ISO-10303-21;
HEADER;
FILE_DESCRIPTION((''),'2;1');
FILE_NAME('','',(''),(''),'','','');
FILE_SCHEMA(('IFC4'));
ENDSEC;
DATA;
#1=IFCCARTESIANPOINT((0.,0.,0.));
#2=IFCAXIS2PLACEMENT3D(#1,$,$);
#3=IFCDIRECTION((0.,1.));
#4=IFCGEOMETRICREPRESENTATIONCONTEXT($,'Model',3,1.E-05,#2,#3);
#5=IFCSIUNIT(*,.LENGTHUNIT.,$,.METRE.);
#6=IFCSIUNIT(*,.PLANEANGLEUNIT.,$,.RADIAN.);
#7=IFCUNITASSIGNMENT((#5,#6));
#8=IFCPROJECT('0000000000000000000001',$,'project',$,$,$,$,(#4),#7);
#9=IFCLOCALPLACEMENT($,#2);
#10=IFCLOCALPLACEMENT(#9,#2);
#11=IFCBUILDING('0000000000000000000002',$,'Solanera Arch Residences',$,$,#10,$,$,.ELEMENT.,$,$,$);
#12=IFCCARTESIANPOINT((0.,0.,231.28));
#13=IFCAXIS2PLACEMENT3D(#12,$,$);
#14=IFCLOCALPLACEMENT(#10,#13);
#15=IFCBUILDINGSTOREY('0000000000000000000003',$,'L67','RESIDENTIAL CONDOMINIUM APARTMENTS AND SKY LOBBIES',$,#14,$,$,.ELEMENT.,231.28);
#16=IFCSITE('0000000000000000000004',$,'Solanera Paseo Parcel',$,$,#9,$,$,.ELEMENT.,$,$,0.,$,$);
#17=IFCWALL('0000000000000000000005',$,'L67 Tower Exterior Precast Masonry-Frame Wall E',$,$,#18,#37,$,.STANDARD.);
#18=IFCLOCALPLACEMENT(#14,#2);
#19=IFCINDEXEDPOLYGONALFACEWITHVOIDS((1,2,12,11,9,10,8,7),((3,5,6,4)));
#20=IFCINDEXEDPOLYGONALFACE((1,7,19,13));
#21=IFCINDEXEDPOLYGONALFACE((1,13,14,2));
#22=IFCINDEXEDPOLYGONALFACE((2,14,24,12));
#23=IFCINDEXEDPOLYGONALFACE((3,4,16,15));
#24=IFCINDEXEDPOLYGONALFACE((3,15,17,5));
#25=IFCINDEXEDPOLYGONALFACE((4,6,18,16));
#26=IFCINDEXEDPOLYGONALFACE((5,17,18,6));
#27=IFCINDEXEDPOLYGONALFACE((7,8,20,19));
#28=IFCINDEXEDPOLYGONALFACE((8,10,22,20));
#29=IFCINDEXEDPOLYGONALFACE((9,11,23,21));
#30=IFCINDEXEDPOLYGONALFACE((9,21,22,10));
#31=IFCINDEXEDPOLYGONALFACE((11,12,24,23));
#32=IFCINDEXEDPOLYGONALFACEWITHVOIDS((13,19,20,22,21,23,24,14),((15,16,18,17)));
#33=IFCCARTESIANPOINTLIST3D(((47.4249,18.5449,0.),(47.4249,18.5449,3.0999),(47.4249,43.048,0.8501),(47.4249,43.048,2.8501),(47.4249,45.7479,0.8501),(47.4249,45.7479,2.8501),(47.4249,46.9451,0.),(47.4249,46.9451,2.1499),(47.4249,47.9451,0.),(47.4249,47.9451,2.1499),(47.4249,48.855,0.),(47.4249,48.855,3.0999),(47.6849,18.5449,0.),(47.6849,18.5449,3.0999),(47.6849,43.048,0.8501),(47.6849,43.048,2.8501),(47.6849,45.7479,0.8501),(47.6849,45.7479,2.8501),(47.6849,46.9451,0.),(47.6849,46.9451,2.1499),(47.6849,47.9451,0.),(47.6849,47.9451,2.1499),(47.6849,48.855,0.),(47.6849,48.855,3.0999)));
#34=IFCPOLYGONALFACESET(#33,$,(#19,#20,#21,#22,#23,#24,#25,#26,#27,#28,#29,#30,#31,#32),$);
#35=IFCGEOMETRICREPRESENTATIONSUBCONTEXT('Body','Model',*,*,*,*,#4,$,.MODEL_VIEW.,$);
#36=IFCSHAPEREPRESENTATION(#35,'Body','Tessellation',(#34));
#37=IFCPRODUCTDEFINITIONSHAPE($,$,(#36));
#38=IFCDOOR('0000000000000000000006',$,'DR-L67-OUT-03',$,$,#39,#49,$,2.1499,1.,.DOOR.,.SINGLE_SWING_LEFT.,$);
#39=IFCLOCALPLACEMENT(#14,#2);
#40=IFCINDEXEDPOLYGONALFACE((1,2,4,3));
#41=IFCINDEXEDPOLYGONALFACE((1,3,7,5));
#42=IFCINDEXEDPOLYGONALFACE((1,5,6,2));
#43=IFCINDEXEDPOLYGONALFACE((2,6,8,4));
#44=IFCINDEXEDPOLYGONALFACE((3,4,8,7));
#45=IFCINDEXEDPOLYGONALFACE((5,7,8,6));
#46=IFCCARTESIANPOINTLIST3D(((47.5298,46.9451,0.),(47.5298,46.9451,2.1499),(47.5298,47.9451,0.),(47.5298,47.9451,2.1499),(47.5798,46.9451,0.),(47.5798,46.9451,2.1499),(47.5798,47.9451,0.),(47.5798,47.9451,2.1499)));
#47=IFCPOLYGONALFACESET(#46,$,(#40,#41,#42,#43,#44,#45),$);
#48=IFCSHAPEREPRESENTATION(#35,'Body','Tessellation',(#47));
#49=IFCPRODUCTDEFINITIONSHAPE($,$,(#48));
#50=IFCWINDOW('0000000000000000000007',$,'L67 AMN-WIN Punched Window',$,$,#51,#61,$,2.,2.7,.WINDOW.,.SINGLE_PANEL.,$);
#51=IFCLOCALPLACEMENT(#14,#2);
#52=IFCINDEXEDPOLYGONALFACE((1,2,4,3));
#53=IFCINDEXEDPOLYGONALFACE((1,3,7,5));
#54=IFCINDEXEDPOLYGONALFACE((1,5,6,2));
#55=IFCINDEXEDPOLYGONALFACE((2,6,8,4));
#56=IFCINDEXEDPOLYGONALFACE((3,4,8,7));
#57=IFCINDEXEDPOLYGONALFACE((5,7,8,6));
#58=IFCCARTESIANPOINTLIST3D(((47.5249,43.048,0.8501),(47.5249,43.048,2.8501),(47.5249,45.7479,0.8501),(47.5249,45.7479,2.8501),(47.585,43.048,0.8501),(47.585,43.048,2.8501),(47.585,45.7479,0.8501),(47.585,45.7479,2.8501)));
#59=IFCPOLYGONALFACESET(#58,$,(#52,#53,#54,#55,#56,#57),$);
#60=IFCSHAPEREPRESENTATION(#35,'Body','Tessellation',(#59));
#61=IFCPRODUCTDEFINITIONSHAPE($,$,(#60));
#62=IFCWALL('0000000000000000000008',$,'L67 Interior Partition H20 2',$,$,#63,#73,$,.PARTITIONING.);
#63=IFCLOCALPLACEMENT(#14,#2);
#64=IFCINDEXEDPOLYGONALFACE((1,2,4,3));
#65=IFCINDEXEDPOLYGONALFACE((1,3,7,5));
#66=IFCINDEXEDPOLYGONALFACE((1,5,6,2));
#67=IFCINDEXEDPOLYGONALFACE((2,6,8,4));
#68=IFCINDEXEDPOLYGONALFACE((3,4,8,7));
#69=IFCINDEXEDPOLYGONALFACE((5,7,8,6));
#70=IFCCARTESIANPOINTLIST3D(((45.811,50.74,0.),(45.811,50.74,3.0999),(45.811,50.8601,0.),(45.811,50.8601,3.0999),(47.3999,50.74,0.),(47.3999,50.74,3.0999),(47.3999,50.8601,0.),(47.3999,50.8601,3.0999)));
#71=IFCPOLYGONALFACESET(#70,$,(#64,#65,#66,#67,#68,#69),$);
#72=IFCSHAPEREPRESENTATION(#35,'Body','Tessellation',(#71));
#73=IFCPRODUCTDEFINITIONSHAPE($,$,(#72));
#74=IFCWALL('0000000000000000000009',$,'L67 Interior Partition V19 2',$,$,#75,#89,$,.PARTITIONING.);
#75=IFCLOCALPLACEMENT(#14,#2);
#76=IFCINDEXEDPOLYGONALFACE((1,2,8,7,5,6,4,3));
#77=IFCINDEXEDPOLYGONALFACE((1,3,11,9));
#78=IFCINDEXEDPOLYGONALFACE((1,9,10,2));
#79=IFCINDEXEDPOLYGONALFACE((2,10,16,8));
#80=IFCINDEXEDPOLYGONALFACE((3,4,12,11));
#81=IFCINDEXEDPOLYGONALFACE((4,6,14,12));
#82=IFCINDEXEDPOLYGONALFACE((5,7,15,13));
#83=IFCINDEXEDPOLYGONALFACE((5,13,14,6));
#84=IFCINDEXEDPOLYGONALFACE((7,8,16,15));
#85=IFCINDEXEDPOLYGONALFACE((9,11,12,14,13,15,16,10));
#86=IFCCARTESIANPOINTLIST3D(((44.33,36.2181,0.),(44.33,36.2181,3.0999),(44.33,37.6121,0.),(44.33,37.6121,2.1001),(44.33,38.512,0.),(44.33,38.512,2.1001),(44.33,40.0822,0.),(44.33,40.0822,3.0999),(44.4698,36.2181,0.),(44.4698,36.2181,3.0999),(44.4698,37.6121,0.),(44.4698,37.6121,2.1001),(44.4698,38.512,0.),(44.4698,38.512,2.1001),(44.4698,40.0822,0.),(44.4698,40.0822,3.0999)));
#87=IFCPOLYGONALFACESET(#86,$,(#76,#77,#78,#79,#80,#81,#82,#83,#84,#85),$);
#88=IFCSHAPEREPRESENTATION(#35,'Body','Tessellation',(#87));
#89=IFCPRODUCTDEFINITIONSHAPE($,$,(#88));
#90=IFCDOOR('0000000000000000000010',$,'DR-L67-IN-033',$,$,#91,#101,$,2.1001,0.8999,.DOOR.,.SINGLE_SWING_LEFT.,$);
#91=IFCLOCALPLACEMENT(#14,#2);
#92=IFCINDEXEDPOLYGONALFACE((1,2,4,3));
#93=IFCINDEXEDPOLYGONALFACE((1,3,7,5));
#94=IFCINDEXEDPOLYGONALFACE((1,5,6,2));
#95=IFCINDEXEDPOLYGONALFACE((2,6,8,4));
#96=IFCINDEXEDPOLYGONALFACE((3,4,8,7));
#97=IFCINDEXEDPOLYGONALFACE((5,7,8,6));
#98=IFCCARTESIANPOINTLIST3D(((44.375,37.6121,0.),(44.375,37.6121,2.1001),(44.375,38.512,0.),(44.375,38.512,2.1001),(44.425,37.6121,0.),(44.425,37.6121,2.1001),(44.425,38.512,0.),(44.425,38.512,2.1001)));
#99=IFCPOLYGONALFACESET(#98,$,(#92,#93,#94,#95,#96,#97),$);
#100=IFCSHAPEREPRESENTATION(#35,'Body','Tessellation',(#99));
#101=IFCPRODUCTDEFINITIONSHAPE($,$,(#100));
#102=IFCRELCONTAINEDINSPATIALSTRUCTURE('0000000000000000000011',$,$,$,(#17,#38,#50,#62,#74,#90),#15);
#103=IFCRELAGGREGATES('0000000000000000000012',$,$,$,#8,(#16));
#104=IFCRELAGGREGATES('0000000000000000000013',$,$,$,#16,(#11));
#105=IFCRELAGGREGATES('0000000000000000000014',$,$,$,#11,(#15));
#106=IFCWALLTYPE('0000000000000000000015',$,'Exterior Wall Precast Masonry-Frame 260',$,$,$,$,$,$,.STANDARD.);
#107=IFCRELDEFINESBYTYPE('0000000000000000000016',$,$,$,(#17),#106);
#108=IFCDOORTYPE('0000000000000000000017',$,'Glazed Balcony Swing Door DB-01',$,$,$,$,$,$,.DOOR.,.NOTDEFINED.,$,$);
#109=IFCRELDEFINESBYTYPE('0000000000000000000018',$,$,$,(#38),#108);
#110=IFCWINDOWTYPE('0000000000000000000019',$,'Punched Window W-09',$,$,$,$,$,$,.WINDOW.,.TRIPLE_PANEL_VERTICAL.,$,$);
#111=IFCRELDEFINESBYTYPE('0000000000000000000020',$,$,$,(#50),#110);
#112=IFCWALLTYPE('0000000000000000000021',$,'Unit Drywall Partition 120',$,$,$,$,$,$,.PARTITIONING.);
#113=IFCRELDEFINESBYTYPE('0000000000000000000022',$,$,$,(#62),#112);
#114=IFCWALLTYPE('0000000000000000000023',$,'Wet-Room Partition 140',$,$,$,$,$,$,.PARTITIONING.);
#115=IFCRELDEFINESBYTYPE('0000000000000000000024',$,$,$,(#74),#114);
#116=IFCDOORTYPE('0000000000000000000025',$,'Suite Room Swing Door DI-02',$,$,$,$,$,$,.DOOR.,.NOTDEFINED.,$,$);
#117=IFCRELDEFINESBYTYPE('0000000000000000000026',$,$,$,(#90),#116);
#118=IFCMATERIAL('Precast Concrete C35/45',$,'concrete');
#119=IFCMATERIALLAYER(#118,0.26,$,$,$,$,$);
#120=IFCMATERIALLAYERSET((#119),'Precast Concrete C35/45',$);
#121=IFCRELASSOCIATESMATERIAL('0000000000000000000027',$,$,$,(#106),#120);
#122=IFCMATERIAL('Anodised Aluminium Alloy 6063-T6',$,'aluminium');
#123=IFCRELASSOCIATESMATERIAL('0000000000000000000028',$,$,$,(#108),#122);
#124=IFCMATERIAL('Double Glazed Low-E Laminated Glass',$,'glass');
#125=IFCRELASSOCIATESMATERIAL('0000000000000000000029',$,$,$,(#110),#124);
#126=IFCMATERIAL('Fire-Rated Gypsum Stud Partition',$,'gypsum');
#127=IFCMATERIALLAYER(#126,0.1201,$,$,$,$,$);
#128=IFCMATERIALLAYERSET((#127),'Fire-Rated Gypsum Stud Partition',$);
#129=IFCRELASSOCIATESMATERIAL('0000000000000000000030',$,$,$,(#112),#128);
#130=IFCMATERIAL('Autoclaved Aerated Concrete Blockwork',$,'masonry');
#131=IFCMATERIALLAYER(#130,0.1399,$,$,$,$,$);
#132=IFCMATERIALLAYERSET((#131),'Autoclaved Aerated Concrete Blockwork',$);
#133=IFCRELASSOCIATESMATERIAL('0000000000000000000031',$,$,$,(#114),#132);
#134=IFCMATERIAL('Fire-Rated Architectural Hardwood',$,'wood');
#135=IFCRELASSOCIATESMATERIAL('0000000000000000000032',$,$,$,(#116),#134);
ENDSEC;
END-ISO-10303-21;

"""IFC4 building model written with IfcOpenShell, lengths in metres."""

from ifc_helpers import new_model, si_unit, direction, frame, frame_2d, origin, place, context, subcontext, project, spatial, rectangle, extrude, material, layer, layer_set, type_object, element, fill, save


model = new_model("IFC4")

# Units and contexts
model_context = context("Model", 3, precision=1e-05, world=origin(), true_north=direction((0.0, 1.0)))
body_context = subcontext(model_context, "Body", "Model", "MODEL_VIEW")
ifc_project = project(units=[si_unit("LENGTHUNIT", "METRE"), si_unit("PLANEANGLEUNIT", "RADIAN")], contexts=[model_context])

# Site, building, storey
site_placement = place(None, origin())
site = spatial("IfcSite", under=ifc_project, at=site_placement, Name="Solanera Paseo Parcel", CompositionType="ELEMENT", RefElevation=0.0)
building_placement = place(site_placement, origin())
building = spatial("IfcBuilding", under=site, at=building_placement, Name="Solanera Arch Residences", CompositionType="ELEMENT")
storey_placement = place(building_placement, frame((0.0, 0.0, 231.28)))
storey = spatial("IfcBuildingStorey", under=building, at=storey_placement, Name="L67", Description="RESIDENTIAL CONDOMINIUM APARTMENTS AND SKY LOBBIES", CompositionType="ELEMENT", Elevation=231.28)

# Shared definitions
ifc_material_1 = material(Name="Precast Concrete C35/45", Category="concrete")
ifc_layer_1 = layer(ifc_material_1, 0.26)
ifc_layer_set_1 = layer_set([ifc_layer_1], Name="Precast Concrete C35/45")
wall_type_1 = type_object("IfcWallType", Name="Exterior Wall Precast Masonry-Frame 260", PredefinedType="STANDARD", material=ifc_layer_set_1)

# Wall, openings, door, window
wall_1_placement = place(storey_placement, frame((47.5549, 48.855, 0.0), z_axis=(0.0, 0.0, 1.0), x_axis=(0.0, -1.0, 0.0)))
wall_1 = element("IfcWall", 1, at=wall_1_placement, inside=storey, type_object=wall_type_1, Name="L67 Tower Exterior Precast Masonry-Frame Wall E", PredefinedType="STANDARD", context=body_context, shape_type="SweptSolid", body=[
    extrude(rectangle(XDim=30.3101, YDim=0.26, at=frame_2d((15.155, 0.0))), origin(), (0.0, 0.0, 1.0), 3.0999),
])
opening_1_placement = place(wall_1_placement, frame((0.9099, 0.0, 0.0)))
opening_1 = element("IfcOpeningElement", 2, at=opening_1_placement, cuts=wall_1, PredefinedType="OPENING", context=body_context, shape_type="SweptSolid", body=[
    extrude(rectangle(XDim=1.0, YDim=2.1499, at=frame_2d((0.5, 1.075))), frame((0.0, 0.1399, 0.0), z_axis=(0.0, -1.0, 0.0), x_axis=(1.0, 0.0, 0.0)), (0.0, 0.0, 1.0), 0.28),
])
opening_2_placement = place(wall_1_placement, frame((3.1069, 0.0, 0.8501)))
opening_2 = element("IfcOpeningElement", 3, at=opening_2_placement, cuts=wall_1, PredefinedType="OPENING", context=body_context, shape_type="SweptSolid", body=[
    extrude(rectangle(XDim=2.7, YDim=2.0, at=frame_2d((1.3501, 1.0))), frame((0.0, 0.1399, 0.0), z_axis=(0.0, -1.0, 0.0), x_axis=(1.0, 0.0, 0.0)), (0.0, 0.0, 1.0), 0.28),
])
ifc_material_2 = material(Name="Anodised Aluminium Alloy 6063-T6", Category="aluminium")
door_type_1 = type_object("IfcDoorType", Name="Glazed Balcony Swing Door DB-01", OperationType="NOTDEFINED", PredefinedType="DOOR", material=ifc_material_2)
door_1_placement = place(opening_1_placement, origin())
door_1 = element("IfcDoor", 4, at=door_1_placement, inside=storey, type_object=door_type_1, Name="DR-L67-OUT-03", OperationType="SINGLE_SWING_LEFT", OverallHeight=2.1499, OverallWidth=1.0, PredefinedType="DOOR", context=body_context, shape_type="SweptSolid", body=[
    extrude(rectangle(XDim=1.0, YDim=2.1499, at=frame_2d((0.5, 1.075))), frame((0.0, 0.0249, 0.0), z_axis=(0.0, -1.0, 0.0), x_axis=(1.0, 0.0, 0.0)), (0.0, 0.0, 1.0), 0.05),
])
fill(opening_1, door_1)
ifc_material_3 = material(Name="Double Glazed Low-E Laminated Glass", Category="glass")
window_type = type_object("IfcWindowType", Name="Punched Window W-09", PartitioningType="TRIPLE_PANEL_VERTICAL", PredefinedType="WINDOW", material=ifc_material_3)
window_placement = place(opening_2_placement, origin())
window = element("IfcWindow", 5, at=window_placement, inside=storey, type_object=window_type, Name="L67 AMN-WIN Punched Window", OverallHeight=2.0, OverallWidth=2.7, PartitioningType="SINGLE_PANEL", PredefinedType="WINDOW", context=body_context, shape_type="SweptSolid", body=[
    extrude(rectangle(XDim=2.7, YDim=2.0, at=frame_2d((1.3501, 1.0))), frame((0.0, 0.03, 0.0), z_axis=(0.0, -1.0, 0.0), x_axis=(1.0, 0.0, 0.0)), (0.0, 0.0, 1.0), 0.0601),
])
fill(opening_2, window)

# Wall
ifc_material_4 = material(Name="Fire-Rated Gypsum Stud Partition", Category="gypsum")
ifc_layer_2 = layer(ifc_material_4, 0.1201)
ifc_layer_set_2 = layer_set([ifc_layer_2], Name="Fire-Rated Gypsum Stud Partition")
wall_type_2 = type_object("IfcWallType", Name="Unit Drywall Partition 120", PredefinedType="PARTITIONING", material=ifc_layer_set_2)
wall_2_placement = place(storey_placement, frame((45.811, 50.8, 0.0), z_axis=(0.0, 0.0, 1.0), x_axis=(1.0, 0.0, 0.0)))
element("IfcWall", 6, at=wall_2_placement, inside=storey, type_object=wall_type_2, Name="L67 Interior Partition H20 2", PredefinedType="PARTITIONING", context=body_context, shape_type="SweptSolid", body=[
    extrude(rectangle(XDim=1.5889, YDim=0.1201, at=frame_2d((0.7944, 0.0))), origin(), (0.0, 0.0, 1.0), 3.0999),
])

# Wall, opening, door
ifc_material_5 = material(Name="Autoclaved Aerated Concrete Blockwork", Category="masonry")
ifc_layer_3 = layer(ifc_material_5, 0.1399)
ifc_layer_set_3 = layer_set([ifc_layer_3], Name="Autoclaved Aerated Concrete Blockwork")
wall_type_3 = type_object("IfcWallType", Name="Wet-Room Partition 140", PredefinedType="PARTITIONING", material=ifc_layer_set_3)
wall_3_placement = place(storey_placement, frame((44.3999, 36.218, 0.0), z_axis=(0.0, 0.0, 1.0), x_axis=(0.0, 1.0, 0.0)))
wall_3 = element("IfcWall", 7, at=wall_3_placement, inside=storey, type_object=wall_type_3, Name="L67 Interior Partition V19 2", PredefinedType="PARTITIONING", context=body_context, shape_type="SweptSolid", body=[
    extrude(rectangle(XDim=3.864, YDim=0.1399, at=frame_2d((1.9321, 0.0))), origin(), (0.0, 0.0, 1.0), 3.0999),
])
opening_3_placement = place(wall_3_placement, frame((1.394, 0.0, 0.0)))
opening_3 = element("IfcOpeningElement", 8, at=opening_3_placement, cuts=wall_3, PredefinedType="OPENING", context=body_context, shape_type="SweptSolid", body=[
    extrude(rectangle(XDim=0.8999, YDim=2.1001, at=frame_2d((0.45, 1.05))), frame((0.0, 0.0798, 0.0), z_axis=(0.0, -1.0, 0.0), x_axis=(1.0, 0.0, 0.0)), (0.0, 0.0, 1.0), 0.1599),
])
ifc_material_6 = material(Name="Fire-Rated Architectural Hardwood", Category="wood")
door_type_2 = type_object("IfcDoorType", Name="Suite Room Swing Door DI-02", OperationType="NOTDEFINED", PredefinedType="DOOR", material=ifc_material_6)
door_2_placement = place(opening_3_placement, origin())
door_2 = element("IfcDoor", 9, at=door_2_placement, inside=storey, type_object=door_type_2, Name="DR-L67-IN-033", OperationType="SINGLE_SWING_LEFT", OverallHeight=2.1001, OverallWidth=0.8999, PredefinedType="DOOR", context=body_context, shape_type="SweptSolid", body=[
    extrude(rectangle(XDim=0.8999, YDim=2.1001, at=frame_2d((0.45, 1.05))), frame((0.0, 0.0249, 0.0), z_axis=(0.0, -1.0, 0.0), x_axis=(1.0, 0.0, 0.0)), (0.0, 0.0, 1.0), 0.05),
])
fill(opening_3, door_2)

save(model, "model.ifc")
